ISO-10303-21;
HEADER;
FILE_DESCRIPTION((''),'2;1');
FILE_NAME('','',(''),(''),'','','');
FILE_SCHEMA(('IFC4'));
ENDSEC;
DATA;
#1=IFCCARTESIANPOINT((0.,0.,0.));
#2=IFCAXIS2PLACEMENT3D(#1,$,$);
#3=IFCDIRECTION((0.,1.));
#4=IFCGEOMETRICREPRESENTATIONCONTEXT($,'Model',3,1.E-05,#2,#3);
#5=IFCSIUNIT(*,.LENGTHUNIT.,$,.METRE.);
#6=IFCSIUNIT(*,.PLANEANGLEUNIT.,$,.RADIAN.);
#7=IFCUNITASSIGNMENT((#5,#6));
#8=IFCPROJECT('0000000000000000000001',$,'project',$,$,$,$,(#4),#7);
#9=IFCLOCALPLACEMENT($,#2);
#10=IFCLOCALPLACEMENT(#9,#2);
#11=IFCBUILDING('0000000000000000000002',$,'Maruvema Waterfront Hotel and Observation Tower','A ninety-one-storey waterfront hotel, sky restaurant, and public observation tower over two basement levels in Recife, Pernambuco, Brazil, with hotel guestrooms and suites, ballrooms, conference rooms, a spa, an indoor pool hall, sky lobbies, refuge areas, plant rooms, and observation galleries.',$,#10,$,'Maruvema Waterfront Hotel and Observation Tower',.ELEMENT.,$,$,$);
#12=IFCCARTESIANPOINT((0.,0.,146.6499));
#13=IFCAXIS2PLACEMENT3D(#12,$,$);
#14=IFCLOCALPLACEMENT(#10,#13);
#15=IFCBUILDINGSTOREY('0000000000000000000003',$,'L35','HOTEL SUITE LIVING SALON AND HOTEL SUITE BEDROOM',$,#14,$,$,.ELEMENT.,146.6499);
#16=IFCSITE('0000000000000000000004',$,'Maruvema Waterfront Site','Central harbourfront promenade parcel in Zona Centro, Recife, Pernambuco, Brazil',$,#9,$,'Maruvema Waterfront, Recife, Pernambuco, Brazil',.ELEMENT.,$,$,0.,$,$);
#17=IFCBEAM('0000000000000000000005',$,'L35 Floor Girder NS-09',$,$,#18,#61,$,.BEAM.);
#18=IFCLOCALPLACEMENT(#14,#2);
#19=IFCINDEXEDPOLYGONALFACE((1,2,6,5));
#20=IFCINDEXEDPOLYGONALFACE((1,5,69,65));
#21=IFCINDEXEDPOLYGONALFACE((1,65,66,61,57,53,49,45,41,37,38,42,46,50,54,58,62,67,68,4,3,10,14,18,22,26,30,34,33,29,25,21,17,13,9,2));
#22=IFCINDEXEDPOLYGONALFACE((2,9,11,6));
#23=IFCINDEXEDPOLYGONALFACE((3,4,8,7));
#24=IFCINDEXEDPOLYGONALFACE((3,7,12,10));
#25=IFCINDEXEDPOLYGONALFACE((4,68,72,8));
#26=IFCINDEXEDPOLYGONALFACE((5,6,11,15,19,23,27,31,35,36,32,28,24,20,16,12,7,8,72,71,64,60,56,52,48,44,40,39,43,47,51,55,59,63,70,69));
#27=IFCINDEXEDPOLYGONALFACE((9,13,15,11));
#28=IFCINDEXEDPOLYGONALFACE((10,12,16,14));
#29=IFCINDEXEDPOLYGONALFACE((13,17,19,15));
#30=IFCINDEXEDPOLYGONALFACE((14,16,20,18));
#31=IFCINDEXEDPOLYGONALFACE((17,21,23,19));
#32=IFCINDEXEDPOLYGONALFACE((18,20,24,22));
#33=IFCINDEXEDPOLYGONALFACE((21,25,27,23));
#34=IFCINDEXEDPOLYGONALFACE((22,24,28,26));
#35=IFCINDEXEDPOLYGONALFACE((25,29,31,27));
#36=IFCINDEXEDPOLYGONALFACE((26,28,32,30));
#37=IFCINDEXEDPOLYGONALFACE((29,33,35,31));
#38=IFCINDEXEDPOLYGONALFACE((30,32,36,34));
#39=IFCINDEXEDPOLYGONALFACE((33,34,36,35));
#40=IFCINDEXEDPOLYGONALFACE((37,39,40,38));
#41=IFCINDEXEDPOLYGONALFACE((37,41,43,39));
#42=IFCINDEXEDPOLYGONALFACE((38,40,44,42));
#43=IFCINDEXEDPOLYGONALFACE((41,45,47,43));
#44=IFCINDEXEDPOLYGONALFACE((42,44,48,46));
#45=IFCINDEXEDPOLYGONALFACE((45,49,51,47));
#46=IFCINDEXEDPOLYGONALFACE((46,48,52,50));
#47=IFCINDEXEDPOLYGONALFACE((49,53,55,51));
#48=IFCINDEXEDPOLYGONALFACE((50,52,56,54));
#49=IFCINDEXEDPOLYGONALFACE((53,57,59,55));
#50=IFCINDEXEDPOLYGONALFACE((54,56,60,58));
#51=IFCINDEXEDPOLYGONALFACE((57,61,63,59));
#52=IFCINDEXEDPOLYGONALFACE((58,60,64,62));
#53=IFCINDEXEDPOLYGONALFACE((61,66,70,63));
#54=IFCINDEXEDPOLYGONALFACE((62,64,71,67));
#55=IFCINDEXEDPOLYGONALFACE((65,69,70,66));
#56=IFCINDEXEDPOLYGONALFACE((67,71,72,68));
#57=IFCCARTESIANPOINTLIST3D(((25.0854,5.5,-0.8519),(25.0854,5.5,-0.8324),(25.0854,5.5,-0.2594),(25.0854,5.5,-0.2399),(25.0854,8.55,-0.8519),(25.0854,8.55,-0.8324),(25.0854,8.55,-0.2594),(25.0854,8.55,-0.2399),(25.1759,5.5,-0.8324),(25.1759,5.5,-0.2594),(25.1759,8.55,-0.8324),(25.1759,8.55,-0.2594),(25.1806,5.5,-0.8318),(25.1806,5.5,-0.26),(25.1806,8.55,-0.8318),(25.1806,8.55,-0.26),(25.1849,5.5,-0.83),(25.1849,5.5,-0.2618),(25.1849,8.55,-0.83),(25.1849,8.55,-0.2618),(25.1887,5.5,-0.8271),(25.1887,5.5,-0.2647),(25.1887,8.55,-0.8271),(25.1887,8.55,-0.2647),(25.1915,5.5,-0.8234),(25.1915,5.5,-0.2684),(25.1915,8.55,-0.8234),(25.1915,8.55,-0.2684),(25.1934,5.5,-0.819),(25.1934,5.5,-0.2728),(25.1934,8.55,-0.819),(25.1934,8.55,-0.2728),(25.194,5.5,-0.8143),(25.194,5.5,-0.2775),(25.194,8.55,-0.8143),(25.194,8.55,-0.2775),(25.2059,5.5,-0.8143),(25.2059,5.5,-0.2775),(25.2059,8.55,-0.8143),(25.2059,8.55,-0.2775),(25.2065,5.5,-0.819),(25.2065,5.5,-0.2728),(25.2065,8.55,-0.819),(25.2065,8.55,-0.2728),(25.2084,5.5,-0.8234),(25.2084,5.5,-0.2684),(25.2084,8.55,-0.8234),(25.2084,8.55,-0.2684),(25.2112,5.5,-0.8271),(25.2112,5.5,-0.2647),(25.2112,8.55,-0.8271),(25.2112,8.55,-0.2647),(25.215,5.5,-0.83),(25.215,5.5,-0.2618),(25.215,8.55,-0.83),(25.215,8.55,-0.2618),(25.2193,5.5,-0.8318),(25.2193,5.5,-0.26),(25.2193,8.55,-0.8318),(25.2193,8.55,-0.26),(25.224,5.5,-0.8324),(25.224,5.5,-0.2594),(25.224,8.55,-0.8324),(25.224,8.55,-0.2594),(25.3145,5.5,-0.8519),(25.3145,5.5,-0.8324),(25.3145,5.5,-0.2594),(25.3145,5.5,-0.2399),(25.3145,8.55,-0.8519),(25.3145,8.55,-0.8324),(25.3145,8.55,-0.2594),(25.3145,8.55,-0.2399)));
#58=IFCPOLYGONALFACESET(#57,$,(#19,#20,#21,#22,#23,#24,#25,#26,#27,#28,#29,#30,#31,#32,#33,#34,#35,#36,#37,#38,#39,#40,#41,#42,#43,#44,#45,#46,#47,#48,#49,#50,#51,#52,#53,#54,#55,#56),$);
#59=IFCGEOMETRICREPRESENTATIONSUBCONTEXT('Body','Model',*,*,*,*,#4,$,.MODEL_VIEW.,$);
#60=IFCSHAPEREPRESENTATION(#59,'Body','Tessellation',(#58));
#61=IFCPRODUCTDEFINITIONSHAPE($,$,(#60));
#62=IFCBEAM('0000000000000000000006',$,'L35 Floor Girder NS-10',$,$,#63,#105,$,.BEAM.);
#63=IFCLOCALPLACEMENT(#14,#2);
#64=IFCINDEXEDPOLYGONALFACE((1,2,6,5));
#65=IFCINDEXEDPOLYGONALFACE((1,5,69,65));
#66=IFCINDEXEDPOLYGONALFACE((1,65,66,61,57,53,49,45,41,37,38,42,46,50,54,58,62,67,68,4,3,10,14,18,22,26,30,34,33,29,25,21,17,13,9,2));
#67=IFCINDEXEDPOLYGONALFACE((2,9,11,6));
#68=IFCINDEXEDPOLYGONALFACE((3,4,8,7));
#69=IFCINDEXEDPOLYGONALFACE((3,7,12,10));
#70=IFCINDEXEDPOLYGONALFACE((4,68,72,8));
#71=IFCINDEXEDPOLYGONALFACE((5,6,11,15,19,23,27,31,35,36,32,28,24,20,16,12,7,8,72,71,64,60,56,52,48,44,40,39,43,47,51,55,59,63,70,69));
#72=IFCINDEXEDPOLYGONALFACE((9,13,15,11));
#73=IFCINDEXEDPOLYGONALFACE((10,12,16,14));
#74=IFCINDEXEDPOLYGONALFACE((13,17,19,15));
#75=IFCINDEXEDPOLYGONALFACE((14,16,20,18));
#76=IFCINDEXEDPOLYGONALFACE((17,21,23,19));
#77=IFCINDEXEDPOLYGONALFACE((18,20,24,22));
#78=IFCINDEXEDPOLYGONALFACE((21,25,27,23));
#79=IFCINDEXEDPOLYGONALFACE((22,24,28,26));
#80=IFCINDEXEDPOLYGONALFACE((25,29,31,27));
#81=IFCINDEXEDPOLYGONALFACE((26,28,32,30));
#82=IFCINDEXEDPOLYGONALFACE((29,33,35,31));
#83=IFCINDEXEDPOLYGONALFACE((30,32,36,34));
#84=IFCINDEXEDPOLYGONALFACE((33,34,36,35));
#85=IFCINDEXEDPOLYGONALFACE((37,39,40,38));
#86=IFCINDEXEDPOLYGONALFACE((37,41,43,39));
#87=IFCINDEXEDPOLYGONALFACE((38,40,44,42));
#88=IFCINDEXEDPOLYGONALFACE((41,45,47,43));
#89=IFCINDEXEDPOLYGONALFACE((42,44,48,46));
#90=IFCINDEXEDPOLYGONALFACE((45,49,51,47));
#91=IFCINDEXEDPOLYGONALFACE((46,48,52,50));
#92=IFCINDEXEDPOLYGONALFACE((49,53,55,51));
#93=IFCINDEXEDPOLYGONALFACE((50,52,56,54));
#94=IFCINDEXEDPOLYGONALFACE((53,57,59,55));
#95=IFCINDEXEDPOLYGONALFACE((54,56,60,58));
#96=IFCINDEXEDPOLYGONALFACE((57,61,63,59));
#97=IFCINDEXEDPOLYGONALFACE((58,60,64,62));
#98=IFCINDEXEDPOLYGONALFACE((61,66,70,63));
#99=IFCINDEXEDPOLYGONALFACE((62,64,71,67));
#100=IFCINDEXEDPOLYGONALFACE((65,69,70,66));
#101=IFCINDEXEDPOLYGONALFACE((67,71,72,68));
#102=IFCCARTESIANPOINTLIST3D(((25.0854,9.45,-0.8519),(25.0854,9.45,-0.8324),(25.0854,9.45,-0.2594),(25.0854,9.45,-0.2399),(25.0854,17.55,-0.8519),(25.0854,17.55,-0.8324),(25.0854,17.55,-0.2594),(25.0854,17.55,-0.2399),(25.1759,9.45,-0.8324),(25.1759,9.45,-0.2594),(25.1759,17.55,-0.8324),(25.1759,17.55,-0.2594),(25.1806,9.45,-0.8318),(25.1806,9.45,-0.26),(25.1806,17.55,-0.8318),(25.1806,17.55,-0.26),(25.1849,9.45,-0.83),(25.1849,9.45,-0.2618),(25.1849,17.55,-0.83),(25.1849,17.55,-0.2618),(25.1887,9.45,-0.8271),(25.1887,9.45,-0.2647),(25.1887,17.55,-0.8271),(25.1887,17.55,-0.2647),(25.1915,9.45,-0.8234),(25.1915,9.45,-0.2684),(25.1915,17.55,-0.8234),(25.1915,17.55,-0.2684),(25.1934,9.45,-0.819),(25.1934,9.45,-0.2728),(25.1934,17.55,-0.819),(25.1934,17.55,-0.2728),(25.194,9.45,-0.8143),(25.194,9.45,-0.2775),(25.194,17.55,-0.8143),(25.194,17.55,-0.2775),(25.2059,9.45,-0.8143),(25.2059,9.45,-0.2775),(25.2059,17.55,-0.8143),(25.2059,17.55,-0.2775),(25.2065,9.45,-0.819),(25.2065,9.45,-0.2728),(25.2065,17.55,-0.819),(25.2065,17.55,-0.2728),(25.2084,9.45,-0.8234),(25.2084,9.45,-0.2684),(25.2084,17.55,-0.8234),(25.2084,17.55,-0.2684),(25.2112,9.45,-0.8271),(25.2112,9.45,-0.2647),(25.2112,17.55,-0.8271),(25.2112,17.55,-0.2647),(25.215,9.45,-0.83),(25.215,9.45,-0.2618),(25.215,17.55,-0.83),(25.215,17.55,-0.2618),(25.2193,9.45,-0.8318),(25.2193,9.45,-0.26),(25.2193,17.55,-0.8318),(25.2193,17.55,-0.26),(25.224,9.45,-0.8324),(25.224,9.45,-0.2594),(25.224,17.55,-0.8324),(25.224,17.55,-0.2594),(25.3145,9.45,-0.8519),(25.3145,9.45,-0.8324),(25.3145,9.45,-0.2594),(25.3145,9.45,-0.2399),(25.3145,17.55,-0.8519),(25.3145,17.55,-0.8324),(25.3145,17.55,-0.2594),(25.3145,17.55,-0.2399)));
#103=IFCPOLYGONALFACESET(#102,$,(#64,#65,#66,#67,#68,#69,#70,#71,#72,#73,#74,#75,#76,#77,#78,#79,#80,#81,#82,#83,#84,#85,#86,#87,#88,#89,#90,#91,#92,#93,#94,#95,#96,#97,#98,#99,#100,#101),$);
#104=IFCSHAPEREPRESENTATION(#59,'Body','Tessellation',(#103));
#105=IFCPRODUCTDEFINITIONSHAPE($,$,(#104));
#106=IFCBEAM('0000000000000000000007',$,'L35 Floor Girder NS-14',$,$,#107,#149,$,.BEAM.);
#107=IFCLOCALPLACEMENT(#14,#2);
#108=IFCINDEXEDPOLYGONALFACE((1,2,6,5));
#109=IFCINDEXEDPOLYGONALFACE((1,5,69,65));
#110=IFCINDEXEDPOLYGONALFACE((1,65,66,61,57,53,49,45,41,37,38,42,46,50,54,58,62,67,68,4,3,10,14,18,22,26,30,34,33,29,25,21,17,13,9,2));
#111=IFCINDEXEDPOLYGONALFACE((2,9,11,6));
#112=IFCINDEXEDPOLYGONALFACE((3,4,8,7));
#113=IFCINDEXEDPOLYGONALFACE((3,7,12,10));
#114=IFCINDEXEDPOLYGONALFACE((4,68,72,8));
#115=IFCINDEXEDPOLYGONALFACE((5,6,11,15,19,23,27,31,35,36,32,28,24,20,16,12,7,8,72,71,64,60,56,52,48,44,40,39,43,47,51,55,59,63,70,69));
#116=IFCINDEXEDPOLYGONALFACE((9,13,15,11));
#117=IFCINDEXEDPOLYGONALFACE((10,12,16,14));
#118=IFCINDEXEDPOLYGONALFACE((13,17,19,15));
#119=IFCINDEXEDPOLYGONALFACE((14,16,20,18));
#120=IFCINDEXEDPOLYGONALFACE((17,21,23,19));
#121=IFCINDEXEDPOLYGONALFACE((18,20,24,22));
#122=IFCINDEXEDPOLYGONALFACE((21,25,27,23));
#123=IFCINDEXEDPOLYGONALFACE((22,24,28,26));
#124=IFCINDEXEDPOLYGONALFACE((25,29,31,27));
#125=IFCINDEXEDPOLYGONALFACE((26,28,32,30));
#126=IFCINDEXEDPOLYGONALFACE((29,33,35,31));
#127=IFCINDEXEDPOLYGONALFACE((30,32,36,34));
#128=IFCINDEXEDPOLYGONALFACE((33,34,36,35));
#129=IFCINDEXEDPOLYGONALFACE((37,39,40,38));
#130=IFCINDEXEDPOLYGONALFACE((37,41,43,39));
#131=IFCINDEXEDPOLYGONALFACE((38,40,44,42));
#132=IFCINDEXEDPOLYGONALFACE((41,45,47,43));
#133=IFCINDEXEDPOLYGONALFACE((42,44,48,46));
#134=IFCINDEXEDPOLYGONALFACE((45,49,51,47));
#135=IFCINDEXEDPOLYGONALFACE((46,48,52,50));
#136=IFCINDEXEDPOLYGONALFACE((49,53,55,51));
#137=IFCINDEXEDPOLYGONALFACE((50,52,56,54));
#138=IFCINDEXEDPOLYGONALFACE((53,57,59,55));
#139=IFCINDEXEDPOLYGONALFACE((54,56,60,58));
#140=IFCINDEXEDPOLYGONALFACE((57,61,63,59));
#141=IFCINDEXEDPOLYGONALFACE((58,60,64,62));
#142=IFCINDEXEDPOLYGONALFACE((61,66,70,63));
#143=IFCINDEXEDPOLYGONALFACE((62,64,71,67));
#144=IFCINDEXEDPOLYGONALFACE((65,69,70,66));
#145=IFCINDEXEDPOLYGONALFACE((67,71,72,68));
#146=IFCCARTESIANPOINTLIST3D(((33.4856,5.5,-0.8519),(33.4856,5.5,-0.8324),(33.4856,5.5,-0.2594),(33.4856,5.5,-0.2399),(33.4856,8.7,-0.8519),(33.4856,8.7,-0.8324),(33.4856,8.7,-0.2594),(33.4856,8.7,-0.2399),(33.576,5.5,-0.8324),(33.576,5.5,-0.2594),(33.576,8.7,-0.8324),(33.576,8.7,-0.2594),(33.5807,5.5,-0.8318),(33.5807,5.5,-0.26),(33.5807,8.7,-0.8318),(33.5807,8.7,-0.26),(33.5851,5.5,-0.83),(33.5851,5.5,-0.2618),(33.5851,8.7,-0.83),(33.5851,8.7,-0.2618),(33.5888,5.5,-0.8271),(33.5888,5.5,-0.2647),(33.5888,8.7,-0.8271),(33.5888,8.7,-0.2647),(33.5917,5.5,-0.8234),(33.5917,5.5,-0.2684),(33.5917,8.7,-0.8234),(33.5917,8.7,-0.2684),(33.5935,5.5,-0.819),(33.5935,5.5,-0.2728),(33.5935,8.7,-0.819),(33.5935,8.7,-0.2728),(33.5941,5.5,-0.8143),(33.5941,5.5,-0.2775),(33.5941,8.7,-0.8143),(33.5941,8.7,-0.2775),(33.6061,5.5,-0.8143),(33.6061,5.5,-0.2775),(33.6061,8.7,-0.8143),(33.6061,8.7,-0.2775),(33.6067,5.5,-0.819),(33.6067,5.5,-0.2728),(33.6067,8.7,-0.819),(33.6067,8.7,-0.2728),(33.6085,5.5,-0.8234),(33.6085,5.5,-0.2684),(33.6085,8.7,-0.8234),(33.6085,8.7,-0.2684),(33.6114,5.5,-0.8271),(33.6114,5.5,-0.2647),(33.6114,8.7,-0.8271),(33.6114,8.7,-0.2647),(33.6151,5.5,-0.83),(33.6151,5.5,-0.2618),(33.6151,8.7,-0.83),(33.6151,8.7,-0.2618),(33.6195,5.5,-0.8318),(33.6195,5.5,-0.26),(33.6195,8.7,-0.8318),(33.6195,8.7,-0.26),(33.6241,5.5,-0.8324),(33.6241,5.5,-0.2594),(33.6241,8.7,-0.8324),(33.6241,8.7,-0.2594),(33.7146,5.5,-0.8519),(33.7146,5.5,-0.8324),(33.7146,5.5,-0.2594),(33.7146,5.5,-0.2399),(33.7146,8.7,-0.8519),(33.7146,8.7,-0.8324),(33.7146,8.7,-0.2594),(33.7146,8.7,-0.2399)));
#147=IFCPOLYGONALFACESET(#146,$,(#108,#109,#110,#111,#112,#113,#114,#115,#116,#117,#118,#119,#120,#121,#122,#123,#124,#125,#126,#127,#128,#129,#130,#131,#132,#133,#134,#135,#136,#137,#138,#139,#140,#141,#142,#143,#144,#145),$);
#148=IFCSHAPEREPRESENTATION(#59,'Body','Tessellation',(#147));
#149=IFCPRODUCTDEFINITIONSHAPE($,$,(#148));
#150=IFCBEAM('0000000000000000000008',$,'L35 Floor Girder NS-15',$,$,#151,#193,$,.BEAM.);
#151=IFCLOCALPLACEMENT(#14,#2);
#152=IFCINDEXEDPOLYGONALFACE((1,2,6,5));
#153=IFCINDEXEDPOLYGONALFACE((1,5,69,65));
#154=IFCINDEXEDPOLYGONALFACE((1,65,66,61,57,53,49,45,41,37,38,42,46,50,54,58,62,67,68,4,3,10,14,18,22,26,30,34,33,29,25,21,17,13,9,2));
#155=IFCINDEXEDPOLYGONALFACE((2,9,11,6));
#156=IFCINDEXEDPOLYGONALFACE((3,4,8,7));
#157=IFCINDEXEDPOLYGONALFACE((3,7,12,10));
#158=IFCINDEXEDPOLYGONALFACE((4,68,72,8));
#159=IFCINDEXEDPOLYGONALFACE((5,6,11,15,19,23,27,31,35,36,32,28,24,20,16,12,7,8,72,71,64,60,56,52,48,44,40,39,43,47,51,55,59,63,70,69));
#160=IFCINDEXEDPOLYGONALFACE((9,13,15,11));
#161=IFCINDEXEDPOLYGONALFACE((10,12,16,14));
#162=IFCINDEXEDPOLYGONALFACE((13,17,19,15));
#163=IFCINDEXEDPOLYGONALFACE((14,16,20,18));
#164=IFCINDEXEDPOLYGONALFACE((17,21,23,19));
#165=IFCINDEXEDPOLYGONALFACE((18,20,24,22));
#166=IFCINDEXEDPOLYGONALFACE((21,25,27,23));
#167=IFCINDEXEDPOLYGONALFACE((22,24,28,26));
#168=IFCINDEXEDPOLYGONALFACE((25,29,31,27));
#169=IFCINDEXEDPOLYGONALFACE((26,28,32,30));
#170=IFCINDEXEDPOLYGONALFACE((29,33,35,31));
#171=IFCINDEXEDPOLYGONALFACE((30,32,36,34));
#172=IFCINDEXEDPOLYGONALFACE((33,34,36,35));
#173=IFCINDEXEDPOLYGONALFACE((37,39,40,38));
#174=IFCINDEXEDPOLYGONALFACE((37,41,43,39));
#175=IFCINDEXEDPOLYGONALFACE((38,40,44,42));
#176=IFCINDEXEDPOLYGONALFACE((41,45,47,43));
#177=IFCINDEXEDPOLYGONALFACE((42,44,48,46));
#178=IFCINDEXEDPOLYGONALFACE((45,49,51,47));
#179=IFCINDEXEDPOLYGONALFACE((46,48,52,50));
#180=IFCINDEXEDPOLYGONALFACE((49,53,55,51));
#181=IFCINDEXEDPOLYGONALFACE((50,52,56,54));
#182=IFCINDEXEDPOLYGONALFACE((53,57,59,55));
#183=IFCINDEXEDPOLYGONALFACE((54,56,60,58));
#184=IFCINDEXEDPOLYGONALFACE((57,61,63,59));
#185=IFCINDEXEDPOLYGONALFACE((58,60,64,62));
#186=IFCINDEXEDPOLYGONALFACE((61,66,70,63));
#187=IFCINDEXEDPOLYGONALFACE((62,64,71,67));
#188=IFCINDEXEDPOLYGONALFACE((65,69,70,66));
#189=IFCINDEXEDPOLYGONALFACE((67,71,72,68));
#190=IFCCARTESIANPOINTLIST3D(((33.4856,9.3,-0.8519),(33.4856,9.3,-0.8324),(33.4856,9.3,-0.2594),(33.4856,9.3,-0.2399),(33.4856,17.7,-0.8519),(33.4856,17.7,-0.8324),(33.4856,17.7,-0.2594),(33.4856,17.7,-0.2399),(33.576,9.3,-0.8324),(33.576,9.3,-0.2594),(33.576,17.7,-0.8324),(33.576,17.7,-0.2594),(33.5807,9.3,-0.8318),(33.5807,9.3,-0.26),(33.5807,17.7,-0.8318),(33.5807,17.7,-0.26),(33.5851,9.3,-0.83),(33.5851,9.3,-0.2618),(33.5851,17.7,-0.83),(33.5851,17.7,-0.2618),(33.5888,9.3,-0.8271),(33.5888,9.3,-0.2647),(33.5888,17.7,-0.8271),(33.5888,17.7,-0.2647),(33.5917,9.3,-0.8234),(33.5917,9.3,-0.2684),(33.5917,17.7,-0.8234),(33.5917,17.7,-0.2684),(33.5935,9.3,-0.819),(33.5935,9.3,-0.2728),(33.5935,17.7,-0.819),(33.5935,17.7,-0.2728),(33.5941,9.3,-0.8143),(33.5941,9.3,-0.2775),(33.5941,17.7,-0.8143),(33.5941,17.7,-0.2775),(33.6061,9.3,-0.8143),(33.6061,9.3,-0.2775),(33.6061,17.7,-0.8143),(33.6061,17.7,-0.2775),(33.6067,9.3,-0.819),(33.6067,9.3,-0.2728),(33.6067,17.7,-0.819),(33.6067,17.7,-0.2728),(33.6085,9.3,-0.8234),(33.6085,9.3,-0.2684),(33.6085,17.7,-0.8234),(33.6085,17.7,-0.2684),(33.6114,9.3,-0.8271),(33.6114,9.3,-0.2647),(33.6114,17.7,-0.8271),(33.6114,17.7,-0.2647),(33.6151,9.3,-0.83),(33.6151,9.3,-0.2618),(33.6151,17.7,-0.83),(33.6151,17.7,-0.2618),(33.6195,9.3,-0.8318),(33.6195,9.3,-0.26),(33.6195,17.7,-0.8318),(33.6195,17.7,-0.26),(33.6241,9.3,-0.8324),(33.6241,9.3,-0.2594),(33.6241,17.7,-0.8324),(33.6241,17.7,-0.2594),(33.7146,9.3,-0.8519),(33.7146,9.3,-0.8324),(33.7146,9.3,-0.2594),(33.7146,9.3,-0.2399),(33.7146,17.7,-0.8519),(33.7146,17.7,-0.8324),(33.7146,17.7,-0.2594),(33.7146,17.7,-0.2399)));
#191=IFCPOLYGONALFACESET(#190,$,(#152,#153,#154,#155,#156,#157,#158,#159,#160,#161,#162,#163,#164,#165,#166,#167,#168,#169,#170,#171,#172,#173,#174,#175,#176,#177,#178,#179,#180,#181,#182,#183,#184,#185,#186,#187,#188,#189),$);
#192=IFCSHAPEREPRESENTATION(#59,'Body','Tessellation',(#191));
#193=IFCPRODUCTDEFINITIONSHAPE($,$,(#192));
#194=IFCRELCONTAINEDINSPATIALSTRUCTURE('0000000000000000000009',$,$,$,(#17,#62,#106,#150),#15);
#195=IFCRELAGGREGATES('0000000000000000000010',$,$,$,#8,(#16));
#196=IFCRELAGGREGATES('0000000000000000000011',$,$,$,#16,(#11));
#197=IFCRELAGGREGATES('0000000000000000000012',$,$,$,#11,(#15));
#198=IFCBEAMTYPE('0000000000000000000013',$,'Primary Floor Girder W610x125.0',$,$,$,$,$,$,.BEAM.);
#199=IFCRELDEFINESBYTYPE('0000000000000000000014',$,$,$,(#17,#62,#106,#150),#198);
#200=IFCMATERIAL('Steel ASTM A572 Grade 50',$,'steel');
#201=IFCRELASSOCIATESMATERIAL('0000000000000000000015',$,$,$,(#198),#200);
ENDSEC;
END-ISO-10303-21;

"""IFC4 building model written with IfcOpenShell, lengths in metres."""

from ifc_helpers import new_model, si_unit, direction, frame, origin, origin_2d, place, context, subcontext, project, spatial, i_section, extrude, material, material_profile, profile_set, type_object, element, save


model = new_model("IFC4")

# Units and contexts
model_context = context("Model", 3, precision=1e-05, world=origin(), true_north=direction((0.0, 1.0)))
body_context = subcontext(model_context, "Body", "Model", "MODEL_VIEW")
ifc_project = project(units=[si_unit("LENGTHUNIT", "METRE"), si_unit("PLANEANGLEUNIT", "RADIAN")], contexts=[model_context])

# Site, building, storey
site_placement = place(None, origin())
site = spatial("IfcSite", under=ifc_project, at=site_placement, Name="Maruvema Waterfront Site", Description="Central harbourfront promenade parcel in Zona Centro, Recife, Pernambuco, Brazil", LongName="Maruvema Waterfront, Recife, Pernambuco, Brazil", CompositionType="ELEMENT", RefElevation=0.0)
building_placement = place(site_placement, origin())
building = spatial("IfcBuilding", under=site, at=building_placement, Name="Maruvema Waterfront Hotel and Observation Tower", Description="A ninety-one-storey waterfront hotel, sky restaurant, and public observation tower over two basement levels in Recife, Pernambuco, Brazil, with hotel guestrooms and suites, ballrooms, conference rooms, a spa, an indoor pool hall, sky lobbies, refuge areas, plant rooms, and observation galleries.", LongName="Maruvema Waterfront Hotel and Observation Tower", CompositionType="ELEMENT")
storey_placement = place(building_placement, frame((0.0, 0.0, 146.6499)))
storey = spatial("IfcBuildingStorey", under=building, at=storey_placement, Name="L35", Description="HOTEL SUITE LIVING SALON AND HOTEL SUITE BEDROOM", CompositionType="ELEMENT", Elevation=146.6499)

# Beams
ifc_material_1 = material(Name="Steel ASTM A572 Grade 50", Category="steel")
ifc_material_profile_1 = material_profile(ifc_material_1, i_section(OverallWidth=0.229, OverallDepth=0.6121, WebThickness=0.012, FlangeThickness=0.0195, FilletRadius=0.0181, at=origin_2d()), Name="W610x125.0")
ifc_profile_set_1 = profile_set([ifc_material_profile_1], Name="Steel ASTM A572 Grade 50")
beam_type_1 = type_object("IfcBeamType", Name="Primary Floor Girder W610x125.0", PredefinedType="BEAM", material=ifc_profile_set_1)
beam_1_placement = place(storey_placement, frame((25.2, 5.5, -0.5459), z_axis=(0.0, 1.0, 0.0), x_axis=(-1.0, 0.0, 0.0)))
element("IfcBeam", 1, at=beam_1_placement, inside=storey, type_object=beam_type_1, Name="L35 Floor Girder NS-09", PredefinedType="BEAM", context=body_context, shape_type="SweptSolid", body=[
    extrude(i_section(OverallWidth=0.229, OverallDepth=0.6121, WebThickness=0.012, FlangeThickness=0.0195, FilletRadius=0.0181, at=origin_2d()), origin(), (0.0, 0.0, 1.0), 3.05),
])
beam_2_placement = place(storey_placement, frame((25.2, 9.45, -0.5459), z_axis=(0.0, 1.0, 0.0), x_axis=(-1.0, 0.0, 0.0)))
element("IfcBeam", 2, at=beam_2_placement, inside=storey, type_object=beam_type_1, Name="L35 Floor Girder NS-10", PredefinedType="BEAM", context=body_context, shape_type="SweptSolid", body=[
    extrude(i_section(OverallWidth=0.229, OverallDepth=0.6121, WebThickness=0.012, FlangeThickness=0.0195, FilletRadius=0.0181, at=origin_2d()), origin(), (0.0, 0.0, 1.0), 8.1001),
])
beam_3_placement = place(storey_placement, frame((33.6001, 5.5, -0.5459), z_axis=(0.0, 1.0, 0.0), x_axis=(-1.0, 0.0, 0.0)))
element("IfcBeam", 3, at=beam_3_placement, inside=storey, type_object=beam_type_1, Name="L35 Floor Girder NS-14", PredefinedType="BEAM", context=body_context, shape_type="SweptSolid", body=[
    extrude(i_section(OverallWidth=0.229, OverallDepth=0.6121, WebThickness=0.012, FlangeThickness=0.0195, FilletRadius=0.0181, at=origin_2d()), origin(), (0.0, 0.0, 1.0), 3.2),
])
beam_4_placement = place(storey_placement, frame((33.6001, 9.3, -0.5459), z_axis=(0.0, 1.0, 0.0), x_axis=(-1.0, 0.0, 0.0)))
element("IfcBeam", 4, at=beam_4_placement, inside=storey, type_object=beam_type_1, Name="L35 Floor Girder NS-15", PredefinedType="BEAM", context=body_context, shape_type="SweptSolid", body=[
    extrude(i_section(OverallWidth=0.229, OverallDepth=0.6121, WebThickness=0.012, FlangeThickness=0.0195, FilletRadius=0.0181, at=origin_2d()), origin(), (0.0, 0.0, 1.0), 8.3999),
])

save(model, "model.ifc")
